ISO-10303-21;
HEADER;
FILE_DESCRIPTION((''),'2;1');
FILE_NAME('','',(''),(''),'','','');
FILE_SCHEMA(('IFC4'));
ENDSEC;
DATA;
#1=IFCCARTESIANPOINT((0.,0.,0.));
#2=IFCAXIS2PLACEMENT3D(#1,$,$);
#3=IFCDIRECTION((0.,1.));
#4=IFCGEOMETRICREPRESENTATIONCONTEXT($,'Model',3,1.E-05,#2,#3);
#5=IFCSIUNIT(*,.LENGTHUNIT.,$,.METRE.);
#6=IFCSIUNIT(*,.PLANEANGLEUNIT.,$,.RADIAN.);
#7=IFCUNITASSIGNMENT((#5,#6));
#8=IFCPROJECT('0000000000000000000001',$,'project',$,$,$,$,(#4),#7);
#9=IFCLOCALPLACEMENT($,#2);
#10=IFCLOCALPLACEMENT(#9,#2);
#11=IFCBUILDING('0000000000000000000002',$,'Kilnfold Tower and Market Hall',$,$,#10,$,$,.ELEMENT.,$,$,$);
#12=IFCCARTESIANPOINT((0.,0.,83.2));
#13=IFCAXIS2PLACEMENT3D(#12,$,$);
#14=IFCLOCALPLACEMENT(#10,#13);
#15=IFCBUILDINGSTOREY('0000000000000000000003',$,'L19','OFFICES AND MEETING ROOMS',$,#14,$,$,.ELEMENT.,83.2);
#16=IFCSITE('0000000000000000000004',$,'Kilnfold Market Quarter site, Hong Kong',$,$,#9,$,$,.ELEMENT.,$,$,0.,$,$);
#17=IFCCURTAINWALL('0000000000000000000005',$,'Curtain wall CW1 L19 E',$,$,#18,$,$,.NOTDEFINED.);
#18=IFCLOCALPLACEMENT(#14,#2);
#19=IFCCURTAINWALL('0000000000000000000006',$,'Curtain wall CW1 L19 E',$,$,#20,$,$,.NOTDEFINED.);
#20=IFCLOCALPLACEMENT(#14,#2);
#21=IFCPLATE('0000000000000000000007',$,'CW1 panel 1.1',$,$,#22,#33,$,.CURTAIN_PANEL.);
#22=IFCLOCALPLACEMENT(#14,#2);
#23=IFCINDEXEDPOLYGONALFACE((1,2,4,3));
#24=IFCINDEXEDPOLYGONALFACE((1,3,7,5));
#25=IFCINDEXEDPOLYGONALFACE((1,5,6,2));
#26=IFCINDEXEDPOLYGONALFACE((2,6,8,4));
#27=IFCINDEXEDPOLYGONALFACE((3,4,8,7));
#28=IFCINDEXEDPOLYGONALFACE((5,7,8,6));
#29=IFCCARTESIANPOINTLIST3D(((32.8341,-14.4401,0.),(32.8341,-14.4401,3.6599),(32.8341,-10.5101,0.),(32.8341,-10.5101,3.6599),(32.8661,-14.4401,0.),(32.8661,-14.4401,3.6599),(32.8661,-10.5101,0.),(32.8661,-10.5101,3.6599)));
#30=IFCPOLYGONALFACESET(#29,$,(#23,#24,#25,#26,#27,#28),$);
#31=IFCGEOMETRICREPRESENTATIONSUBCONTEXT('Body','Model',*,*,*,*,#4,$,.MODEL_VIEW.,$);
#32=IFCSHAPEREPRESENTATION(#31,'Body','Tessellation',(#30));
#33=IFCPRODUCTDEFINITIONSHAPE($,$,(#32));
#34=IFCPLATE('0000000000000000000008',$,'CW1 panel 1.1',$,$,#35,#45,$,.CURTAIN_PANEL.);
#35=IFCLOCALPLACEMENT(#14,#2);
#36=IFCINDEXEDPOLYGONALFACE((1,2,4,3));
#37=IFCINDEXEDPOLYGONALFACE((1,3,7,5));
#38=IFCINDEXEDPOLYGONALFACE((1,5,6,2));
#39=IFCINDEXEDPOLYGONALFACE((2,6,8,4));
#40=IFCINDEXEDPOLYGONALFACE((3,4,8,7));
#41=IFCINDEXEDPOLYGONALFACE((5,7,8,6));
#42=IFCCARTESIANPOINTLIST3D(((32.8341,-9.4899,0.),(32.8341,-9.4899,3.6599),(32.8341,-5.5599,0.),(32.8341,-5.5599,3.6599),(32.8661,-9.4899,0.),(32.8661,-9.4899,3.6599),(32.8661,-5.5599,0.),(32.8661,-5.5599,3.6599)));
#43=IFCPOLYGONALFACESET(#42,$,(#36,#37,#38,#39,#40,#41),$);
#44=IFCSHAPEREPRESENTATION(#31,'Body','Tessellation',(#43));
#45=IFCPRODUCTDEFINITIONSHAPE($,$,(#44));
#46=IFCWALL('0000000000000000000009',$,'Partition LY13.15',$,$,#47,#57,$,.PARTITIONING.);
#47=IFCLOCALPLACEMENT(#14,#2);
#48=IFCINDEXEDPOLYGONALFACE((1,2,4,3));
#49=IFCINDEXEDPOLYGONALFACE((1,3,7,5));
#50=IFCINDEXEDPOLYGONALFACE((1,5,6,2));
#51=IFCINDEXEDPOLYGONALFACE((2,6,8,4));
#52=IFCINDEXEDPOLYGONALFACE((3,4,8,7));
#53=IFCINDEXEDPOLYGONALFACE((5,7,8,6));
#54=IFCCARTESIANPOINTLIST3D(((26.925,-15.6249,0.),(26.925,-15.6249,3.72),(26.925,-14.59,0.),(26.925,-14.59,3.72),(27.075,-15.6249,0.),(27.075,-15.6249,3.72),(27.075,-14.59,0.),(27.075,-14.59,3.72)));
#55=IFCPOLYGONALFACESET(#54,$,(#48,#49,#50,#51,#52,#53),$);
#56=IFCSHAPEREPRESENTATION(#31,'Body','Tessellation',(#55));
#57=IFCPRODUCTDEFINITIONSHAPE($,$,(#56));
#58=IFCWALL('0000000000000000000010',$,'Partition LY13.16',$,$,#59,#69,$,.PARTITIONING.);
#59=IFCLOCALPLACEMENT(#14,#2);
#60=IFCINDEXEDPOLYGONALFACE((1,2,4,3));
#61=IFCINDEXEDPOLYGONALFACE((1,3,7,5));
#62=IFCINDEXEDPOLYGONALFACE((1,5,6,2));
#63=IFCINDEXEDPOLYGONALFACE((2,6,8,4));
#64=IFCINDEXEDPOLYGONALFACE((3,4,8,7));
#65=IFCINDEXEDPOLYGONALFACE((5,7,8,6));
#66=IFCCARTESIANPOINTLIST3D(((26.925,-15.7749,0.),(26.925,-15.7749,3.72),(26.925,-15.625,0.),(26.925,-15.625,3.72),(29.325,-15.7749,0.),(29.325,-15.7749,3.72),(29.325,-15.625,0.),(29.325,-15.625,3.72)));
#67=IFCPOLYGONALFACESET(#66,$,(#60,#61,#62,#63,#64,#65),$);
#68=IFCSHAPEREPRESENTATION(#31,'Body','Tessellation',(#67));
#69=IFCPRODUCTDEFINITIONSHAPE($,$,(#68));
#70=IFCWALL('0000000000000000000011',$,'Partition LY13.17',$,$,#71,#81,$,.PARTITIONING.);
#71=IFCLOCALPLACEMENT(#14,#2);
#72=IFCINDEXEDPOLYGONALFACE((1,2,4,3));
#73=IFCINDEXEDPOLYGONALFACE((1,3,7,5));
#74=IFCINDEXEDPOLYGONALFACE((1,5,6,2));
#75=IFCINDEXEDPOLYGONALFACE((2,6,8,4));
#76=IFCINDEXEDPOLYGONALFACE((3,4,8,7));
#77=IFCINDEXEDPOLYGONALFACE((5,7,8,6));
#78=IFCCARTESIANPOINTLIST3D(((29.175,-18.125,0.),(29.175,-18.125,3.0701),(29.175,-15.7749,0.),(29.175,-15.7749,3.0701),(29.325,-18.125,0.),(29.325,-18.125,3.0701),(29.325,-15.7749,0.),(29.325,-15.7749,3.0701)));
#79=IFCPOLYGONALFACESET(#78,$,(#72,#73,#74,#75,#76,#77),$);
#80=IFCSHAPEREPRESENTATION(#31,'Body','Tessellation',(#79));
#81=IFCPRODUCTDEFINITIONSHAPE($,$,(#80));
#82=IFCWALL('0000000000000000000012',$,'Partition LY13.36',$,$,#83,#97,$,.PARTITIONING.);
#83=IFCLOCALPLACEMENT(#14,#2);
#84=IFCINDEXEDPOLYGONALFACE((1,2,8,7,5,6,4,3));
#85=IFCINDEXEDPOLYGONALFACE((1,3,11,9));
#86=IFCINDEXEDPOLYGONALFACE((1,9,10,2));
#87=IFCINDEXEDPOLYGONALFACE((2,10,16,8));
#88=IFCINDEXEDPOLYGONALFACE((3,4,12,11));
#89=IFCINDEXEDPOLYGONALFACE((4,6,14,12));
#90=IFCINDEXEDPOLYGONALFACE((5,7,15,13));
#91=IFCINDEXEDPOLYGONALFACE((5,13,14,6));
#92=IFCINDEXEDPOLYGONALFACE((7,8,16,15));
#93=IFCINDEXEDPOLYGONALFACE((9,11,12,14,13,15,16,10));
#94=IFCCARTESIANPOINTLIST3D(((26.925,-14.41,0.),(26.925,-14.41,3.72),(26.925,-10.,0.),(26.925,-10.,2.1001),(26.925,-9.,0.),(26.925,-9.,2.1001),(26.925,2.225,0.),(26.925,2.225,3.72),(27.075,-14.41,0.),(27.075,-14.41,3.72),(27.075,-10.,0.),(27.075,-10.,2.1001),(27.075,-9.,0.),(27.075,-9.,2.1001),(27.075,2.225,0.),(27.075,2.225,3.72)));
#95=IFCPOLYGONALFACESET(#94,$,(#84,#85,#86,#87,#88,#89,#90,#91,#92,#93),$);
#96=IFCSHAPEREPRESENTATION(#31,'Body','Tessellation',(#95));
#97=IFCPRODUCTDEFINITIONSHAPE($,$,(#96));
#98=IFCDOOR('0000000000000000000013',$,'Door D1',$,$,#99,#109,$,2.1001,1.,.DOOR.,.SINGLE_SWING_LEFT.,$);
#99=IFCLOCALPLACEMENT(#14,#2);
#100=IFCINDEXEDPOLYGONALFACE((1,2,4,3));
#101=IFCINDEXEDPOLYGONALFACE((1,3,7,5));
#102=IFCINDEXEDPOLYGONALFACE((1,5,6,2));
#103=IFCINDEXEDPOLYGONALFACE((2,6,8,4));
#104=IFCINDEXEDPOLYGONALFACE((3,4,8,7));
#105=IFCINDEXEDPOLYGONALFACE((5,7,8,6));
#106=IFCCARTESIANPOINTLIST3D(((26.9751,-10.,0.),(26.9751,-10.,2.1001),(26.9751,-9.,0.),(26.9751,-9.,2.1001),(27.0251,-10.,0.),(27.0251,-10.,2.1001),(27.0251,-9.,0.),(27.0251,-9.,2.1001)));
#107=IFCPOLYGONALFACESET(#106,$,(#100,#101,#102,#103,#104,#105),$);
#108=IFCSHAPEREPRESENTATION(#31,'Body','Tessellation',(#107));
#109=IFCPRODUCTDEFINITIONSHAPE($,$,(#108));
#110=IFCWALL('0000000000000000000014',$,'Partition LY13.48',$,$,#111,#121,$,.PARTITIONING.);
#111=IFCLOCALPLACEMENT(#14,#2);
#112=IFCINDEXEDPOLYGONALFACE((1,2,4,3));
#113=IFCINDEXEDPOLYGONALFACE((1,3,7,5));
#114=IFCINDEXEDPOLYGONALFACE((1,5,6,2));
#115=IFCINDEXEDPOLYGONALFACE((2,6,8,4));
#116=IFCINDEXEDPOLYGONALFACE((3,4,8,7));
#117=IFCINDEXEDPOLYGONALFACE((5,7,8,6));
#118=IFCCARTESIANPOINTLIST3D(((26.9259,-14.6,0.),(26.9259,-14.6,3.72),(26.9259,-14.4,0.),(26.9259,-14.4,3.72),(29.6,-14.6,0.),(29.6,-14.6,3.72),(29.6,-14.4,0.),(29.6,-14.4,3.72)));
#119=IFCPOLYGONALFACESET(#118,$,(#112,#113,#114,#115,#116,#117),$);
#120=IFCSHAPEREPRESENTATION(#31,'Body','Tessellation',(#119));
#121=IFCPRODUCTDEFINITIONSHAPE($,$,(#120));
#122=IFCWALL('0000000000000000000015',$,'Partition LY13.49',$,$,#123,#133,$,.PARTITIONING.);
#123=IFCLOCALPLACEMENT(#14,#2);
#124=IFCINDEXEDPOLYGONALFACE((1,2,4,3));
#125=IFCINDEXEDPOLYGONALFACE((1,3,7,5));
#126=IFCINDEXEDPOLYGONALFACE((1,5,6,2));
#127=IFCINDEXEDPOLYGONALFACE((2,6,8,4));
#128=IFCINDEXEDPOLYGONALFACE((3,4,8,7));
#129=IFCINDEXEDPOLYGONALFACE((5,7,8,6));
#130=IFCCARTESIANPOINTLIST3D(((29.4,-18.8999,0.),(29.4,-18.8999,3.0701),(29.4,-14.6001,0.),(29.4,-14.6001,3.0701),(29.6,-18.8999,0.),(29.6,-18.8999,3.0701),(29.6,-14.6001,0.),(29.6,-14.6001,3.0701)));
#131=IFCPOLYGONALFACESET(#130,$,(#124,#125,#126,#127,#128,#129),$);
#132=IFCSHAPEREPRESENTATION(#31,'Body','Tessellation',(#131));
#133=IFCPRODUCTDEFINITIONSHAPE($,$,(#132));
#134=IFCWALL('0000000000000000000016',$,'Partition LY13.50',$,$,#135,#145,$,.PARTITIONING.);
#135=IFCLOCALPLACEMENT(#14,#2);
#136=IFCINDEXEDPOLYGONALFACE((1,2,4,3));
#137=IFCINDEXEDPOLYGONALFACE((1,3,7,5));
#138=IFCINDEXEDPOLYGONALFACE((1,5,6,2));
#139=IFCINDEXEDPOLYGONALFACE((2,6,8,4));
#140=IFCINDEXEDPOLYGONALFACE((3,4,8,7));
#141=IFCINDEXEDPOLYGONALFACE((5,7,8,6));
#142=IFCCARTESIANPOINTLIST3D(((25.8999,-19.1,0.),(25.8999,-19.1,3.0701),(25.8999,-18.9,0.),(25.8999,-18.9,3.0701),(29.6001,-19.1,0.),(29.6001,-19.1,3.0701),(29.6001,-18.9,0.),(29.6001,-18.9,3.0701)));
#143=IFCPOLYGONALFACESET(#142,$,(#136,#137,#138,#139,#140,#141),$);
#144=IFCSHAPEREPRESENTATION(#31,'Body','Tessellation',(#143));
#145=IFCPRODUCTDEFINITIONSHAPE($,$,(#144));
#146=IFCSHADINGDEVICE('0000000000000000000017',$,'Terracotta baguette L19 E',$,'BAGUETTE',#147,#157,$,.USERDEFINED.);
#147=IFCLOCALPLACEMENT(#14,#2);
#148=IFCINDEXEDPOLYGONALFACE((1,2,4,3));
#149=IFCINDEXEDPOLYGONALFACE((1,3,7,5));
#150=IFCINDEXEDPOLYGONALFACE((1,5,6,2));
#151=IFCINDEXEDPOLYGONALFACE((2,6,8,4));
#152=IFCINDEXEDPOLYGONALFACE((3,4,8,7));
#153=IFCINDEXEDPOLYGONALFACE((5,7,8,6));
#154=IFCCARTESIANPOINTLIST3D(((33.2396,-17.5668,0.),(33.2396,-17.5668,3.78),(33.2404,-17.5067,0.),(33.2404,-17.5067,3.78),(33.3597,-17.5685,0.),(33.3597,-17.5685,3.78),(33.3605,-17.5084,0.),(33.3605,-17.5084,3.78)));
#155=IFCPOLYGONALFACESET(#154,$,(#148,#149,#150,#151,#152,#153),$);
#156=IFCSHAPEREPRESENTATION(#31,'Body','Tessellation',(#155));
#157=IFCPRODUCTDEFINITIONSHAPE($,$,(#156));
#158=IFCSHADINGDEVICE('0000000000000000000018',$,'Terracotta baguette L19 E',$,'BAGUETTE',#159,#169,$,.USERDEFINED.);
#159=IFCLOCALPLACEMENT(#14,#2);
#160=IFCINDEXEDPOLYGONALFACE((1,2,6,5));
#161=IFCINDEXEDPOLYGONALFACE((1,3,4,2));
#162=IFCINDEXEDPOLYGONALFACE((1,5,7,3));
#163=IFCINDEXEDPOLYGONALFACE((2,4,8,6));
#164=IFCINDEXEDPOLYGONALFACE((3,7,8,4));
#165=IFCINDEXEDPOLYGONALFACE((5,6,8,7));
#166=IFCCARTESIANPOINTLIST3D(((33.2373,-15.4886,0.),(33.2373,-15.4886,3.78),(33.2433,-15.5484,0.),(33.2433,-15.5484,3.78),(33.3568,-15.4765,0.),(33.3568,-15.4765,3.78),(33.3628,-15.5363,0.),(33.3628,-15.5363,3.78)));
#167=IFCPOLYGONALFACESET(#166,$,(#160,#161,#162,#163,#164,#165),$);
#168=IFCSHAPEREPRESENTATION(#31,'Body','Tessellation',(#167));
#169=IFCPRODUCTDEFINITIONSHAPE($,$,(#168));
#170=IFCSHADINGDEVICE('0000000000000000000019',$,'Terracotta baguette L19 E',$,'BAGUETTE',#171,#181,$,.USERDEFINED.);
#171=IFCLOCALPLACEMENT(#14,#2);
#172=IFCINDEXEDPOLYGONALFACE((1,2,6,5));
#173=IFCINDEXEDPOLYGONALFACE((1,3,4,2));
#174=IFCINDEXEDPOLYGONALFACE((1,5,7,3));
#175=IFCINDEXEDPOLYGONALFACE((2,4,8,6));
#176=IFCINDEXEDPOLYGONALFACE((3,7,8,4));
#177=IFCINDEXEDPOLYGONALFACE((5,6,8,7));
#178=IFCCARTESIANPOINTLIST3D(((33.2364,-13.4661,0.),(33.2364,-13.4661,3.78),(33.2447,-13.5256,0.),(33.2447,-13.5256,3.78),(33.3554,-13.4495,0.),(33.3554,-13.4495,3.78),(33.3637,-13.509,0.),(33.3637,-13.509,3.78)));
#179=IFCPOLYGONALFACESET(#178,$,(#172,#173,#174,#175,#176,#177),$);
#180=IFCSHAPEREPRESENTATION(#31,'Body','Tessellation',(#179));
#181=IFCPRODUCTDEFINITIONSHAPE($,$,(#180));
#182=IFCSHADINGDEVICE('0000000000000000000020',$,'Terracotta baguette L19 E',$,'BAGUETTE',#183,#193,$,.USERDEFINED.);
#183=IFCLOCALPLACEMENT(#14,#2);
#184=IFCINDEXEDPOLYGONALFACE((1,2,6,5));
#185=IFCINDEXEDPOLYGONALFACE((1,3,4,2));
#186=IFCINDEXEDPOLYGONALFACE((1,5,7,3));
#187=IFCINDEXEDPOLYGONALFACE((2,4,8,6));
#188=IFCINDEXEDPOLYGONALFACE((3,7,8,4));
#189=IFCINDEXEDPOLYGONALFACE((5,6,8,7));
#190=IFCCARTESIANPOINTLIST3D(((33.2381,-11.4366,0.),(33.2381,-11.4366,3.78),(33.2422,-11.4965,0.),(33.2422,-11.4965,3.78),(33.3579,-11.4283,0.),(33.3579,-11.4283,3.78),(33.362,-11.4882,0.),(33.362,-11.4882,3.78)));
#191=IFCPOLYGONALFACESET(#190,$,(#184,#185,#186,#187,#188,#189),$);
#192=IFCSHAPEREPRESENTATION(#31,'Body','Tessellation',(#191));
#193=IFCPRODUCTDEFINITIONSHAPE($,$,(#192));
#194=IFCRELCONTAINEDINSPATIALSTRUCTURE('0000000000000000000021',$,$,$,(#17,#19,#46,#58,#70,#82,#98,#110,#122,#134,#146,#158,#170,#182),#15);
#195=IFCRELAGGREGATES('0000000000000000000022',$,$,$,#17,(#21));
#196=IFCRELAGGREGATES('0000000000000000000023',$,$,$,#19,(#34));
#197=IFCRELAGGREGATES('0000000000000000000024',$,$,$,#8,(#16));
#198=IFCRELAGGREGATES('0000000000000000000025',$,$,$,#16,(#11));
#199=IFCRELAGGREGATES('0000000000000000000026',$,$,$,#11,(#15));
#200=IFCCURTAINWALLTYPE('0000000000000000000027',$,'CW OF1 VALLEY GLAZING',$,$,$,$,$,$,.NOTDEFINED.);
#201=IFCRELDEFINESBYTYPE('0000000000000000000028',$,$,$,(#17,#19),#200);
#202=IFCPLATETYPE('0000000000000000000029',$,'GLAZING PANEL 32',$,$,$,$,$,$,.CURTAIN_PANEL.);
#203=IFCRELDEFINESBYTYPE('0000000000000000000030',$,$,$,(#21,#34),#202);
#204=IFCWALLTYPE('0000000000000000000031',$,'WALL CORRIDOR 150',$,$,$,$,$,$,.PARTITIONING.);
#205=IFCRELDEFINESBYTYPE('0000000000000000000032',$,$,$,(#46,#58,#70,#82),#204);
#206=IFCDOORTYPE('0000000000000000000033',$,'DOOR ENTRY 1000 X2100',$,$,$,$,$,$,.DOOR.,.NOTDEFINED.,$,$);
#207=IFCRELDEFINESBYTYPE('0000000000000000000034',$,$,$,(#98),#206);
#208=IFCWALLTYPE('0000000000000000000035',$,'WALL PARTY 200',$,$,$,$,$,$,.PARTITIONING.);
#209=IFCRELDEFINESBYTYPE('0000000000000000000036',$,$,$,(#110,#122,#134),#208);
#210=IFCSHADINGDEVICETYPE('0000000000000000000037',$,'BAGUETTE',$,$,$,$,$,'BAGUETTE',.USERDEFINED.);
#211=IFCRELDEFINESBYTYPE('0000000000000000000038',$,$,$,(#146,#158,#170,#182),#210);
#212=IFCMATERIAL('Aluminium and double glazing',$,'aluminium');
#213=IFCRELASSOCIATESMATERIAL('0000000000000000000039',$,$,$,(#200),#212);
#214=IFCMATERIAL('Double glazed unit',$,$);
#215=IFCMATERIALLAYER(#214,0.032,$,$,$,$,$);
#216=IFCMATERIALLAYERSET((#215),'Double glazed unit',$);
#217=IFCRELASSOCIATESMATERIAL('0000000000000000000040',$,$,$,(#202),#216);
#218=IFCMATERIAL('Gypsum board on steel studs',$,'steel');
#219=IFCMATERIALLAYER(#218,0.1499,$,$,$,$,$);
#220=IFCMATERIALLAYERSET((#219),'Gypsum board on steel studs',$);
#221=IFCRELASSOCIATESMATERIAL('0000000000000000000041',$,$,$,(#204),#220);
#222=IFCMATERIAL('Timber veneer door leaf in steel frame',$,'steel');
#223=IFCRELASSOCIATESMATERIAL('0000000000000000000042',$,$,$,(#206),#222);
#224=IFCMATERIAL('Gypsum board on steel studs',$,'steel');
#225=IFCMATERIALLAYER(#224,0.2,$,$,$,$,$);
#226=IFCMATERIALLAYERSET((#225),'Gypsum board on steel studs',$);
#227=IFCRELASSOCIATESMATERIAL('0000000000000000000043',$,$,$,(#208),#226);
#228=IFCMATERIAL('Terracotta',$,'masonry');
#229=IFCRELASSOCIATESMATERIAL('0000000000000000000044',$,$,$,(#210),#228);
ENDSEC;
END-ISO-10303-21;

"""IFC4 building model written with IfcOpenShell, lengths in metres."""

from ifc_helpers import new_model, si_unit, direction, frame, frame_2d, origin, origin_2d, place, context, subcontext, project, spatial, rectangle, extrude, source, transform, mapped, material, layer, layer_set, material_profile, profile_set, type_object, element, fill, aggregate, save


model = new_model("IFC4")

# Units and contexts
model_context = context("Model", 3, precision=1e-05, world=origin(), true_north=direction((0.0, 1.0)))
body_context = subcontext(model_context, "Body", "Model", "MODEL_VIEW")
ifc_project = project(units=[si_unit("LENGTHUNIT", "METRE"), si_unit("PLANEANGLEUNIT", "RADIAN")], contexts=[model_context])

# Site, building, storey
site_placement = place(None, origin())
site = spatial("IfcSite", under=ifc_project, at=site_placement, Name="Kilnfold Market Quarter site, Hong Kong", CompositionType="ELEMENT", RefElevation=0.0)
building_placement = place(site_placement, origin())
building = spatial("IfcBuilding", under=site, at=building_placement, Name="Kilnfold Tower and Market Hall", CompositionType="ELEMENT")
storey_placement = place(building_placement, frame((0.0, 0.0, 83.2)))
storey = spatial("IfcBuildingStorey", under=building, at=storey_placement, Name="L19", Description="OFFICES AND MEETING ROOMS", CompositionType="ELEMENT", Elevation=83.2)

# Curtain walls
ifc_material_1 = material(Name="Aluminium and double glazing", Category="aluminium")
curtain_wall_type = type_object("IfcCurtainWallType", Name="CW OF1 VALLEY GLAZING", PredefinedType="NOTDEFINED", material=ifc_material_1)
curtain_wall_1_placement = place(storey_placement, origin())
curtain_wall_1 = element("IfcCurtainWall", 1, at=curtain_wall_1_placement, inside=storey, type_object=curtain_wall_type, Name="Curtain wall CW1 L19 E", PredefinedType="NOTDEFINED")
curtain_wall_2_placement = place(storey_placement, origin())
curtain_wall_2 = element("IfcCurtainWall", 2, at=curtain_wall_2_placement, inside=storey, type_object=curtain_wall_type, Name="Curtain wall CW1 L19 E", PredefinedType="NOTDEFINED")

# Plates
ifc_material_2 = material(Name="Double glazed unit")
ifc_layer_1 = layer(ifc_material_2, 0.032)
ifc_layer_set_1 = layer_set([ifc_layer_1], Name="Double glazed unit")
plate_type = type_object("IfcPlateType", Name="GLAZING PANEL 32", PredefinedType="CURTAIN_PANEL", material=ifc_layer_set_1)
shared_shape_1 = source(origin(), body_context, "Body", "SweptSolid", [
    extrude(rectangle(XDim=3.9299, YDim=0.032, at=origin_2d()), origin(), (0.0, 0.0, 1.0), 3.6599),
])
plate_1_placement = place(storey_placement, frame((32.8501, -12.4751, 0.0), z_axis=(0.0, 0.0, 1.0), x_axis=(0.0, 1.0, 0.0)))
plate_1 = element("IfcPlate", 3, at=plate_1_placement, type_object=plate_type, Name="CW1 panel 1.1", PredefinedType="CURTAIN_PANEL", context=body_context, shape_type="MappedRepresentation", body=[
    mapped(shared_shape_1, transform((0.0, 0.0, 0.0))),
])
aggregate(curtain_wall_1, [plate_1])
plate_2_placement = place(storey_placement, frame((32.8501, -7.5249, 0.0), z_axis=(0.0, 0.0, 1.0), x_axis=(0.0, 1.0, 0.0)))
plate_2 = element("IfcPlate", 4, at=plate_2_placement, type_object=plate_type, Name="CW1 panel 1.1", PredefinedType="CURTAIN_PANEL", context=body_context, shape_type="MappedRepresentation", body=[
    mapped(shared_shape_1, transform((0.0, 0.0, 0.0))),
])
aggregate(curtain_wall_2, [plate_2])

# Walls
ifc_material_3 = material(Name="Gypsum board on steel studs", Category="steel")
ifc_layer_2 = layer(ifc_material_3, 0.1499)
ifc_layer_set_2 = layer_set([ifc_layer_2], Name="Gypsum board on steel studs")
wall_type_1 = type_object("IfcWallType", Name="WALL CORRIDOR 150", PredefinedType="PARTITIONING", material=ifc_layer_set_2)
wall_1_placement = place(storey_placement, frame((27.0, -15.625, 0.0), z_axis=(0.0, 0.0, 1.0), x_axis=(0.0, 1.0, 0.0)))
element("IfcWall", 5, at=wall_1_placement, inside=storey, type_object=wall_type_1, Name="Partition LY13.15", PredefinedType="PARTITIONING", context=body_context, shape_type="SweptSolid", body=[
    extrude(rectangle(XDim=1.0349, YDim=0.1499, at=frame_2d((0.5176, 0.0))), origin(), (0.0, 0.0, 1.0), 3.72),
])
wall_2_placement = place(storey_placement, frame((26.925, -15.7, 0.0), z_axis=(0.0, 0.0, 1.0), x_axis=(1.0, 0.0, 0.0)))
element("IfcWall", 6, at=wall_2_placement, inside=storey, type_object=wall_type_1, Name="Partition LY13.16", PredefinedType="PARTITIONING", context=body_context, shape_type="SweptSolid", body=[
    extrude(rectangle(XDim=2.3999, YDim=0.1499, at=frame_2d((1.2, 0.0))), origin(), (0.0, 0.0, 1.0), 3.72),
])
wall_3_placement = place(storey_placement, frame((29.25, -18.125, 0.0), z_axis=(0.0, 0.0, 1.0), x_axis=(0.0, 1.0, 0.0)))
element("IfcWall", 7, at=wall_3_placement, inside=storey, type_object=wall_type_1, Name="Partition LY13.17", PredefinedType="PARTITIONING", context=body_context, shape_type="SweptSolid", body=[
    extrude(rectangle(XDim=2.3501, YDim=0.1499, at=frame_2d((1.175, 0.0))), origin(), (0.0, 0.0, 1.0), 3.0701),
])

# Wall, opening, door
wall_4_placement = place(storey_placement, frame((27.0, -14.4099, 0.0), z_axis=(0.0, 0.0, 1.0), x_axis=(0.0, 1.0, 0.0)))
wall_4 = element("IfcWall", 8, at=wall_4_placement, inside=storey, type_object=wall_type_1, Name="Partition LY13.36", PredefinedType="PARTITIONING", context=body_context, shape_type="SweptSolid", body=[
    extrude(rectangle(XDim=16.635, YDim=0.1499, at=frame_2d((8.3174, 0.0))), origin(), (0.0, 0.0, 1.0), 3.72),
])
opening_placement = place(wall_4_placement, frame((4.4099, 0.0, 0.0)))
opening = element("IfcOpeningElement", 9, at=opening_placement, cuts=wall_4, PredefinedType="OPENING", context=body_context, shape_type="SweptSolid", body=[
    extrude(rectangle(XDim=1.0, YDim=2.1001, at=frame_2d((0.5, 1.05))), frame((0.0, 0.085, 0.0), z_axis=(0.0, -1.0, 0.0), x_axis=(1.0, 0.0, 0.0)), (0.0, 0.0, 1.0), 0.1699),
])
ifc_material_4 = material(Name="Timber veneer door leaf in steel frame", Category="steel")
door_type = type_object("IfcDoorType", Name="DOOR ENTRY 1000 X2100", OperationType="NOTDEFINED", PredefinedType="DOOR", material=ifc_material_4)
door_placement = place(opening_placement, origin())
door = element("IfcDoor", 10, at=door_placement, inside=storey, type_object=door_type, Name="Door D1", OperationType="SINGLE_SWING_LEFT", OverallHeight=2.1001, OverallWidth=1.0, PredefinedType="DOOR", context=body_context, shape_type="SweptSolid", body=[
    extrude(rectangle(XDim=1.0, YDim=2.1001, at=frame_2d((0.5, 1.05))), frame((0.0, 0.0249, 0.0), z_axis=(0.0, -1.0, 0.0), x_axis=(1.0, 0.0, 0.0)), (0.0, 0.0, 1.0), 0.05),
])
fill(opening, door)

# Walls
ifc_material_5 = material(Name="Gypsum board on steel studs", Category="steel")
ifc_layer_3 = layer(ifc_material_5, 0.2)
ifc_layer_set_3 = layer_set([ifc_layer_3], Name="Gypsum board on steel studs")
wall_type_2 = type_object("IfcWallType", Name="WALL PARTY 200", PredefinedType="PARTITIONING", material=ifc_layer_set_3)
wall_5_placement = place(storey_placement, frame((26.926, -14.5, 0.0), z_axis=(0.0, 0.0, 1.0), x_axis=(1.0, 0.0, 0.0)))
element("IfcWall", 11, at=wall_5_placement, inside=storey, type_object=wall_type_2, Name="Partition LY13.48", PredefinedType="PARTITIONING", context=body_context, shape_type="SweptSolid", body=[
    extrude(rectangle(XDim=2.6741, YDim=0.2, at=frame_2d((1.3369, 0.0))), origin(), (0.0, 0.0, 1.0), 3.72),
])
wall_6_placement = place(storey_placement, frame((29.5, -18.8999, 0.0), z_axis=(0.0, 0.0, 1.0), x_axis=(0.0, 1.0, 0.0)))
element("IfcWall", 12, at=wall_6_placement, inside=storey, type_object=wall_type_2, Name="Partition LY13.49", PredefinedType="PARTITIONING", context=body_context, shape_type="SweptSolid", body=[
    extrude(rectangle(XDim=4.2998, YDim=0.2, at=frame_2d((2.1499, 0.0))), origin(), (0.0, 0.0, 1.0), 3.0701),
])
wall_7_placement = place(storey_placement, frame((25.8999, -19.0, 0.0), z_axis=(0.0, 0.0, 1.0), x_axis=(1.0, 0.0, 0.0)))
element("IfcWall", 13, at=wall_7_placement, inside=storey, type_object=wall_type_2, Name="Partition LY13.50", PredefinedType="PARTITIONING", context=body_context, shape_type="SweptSolid", body=[
    extrude(rectangle(XDim=3.7002, YDim=0.2, at=frame_2d((1.8501, 0.0))), origin(), (0.0, 0.0, 1.0), 3.0701),
])

# Shading devices
ifc_material_6 = material(Name="Terracotta", Category="masonry")
ifc_material_profile_1 = material_profile(ifc_material_6, rectangle(XDim=0.0601, YDim=0.1201, at=origin_2d()), Name="BAG 60x120")
ifc_profile_set_1 = profile_set([ifc_material_profile_1], Name="Terracotta")
shading_device_type = type_object("IfcShadingDeviceType", Name="BAGUETTE", ElementType="BAGUETTE", PredefinedType="USERDEFINED", material=ifc_profile_set_1)
shared_shape_2 = source(origin(), body_context, "Body", "SweptSolid", [
    extrude(rectangle(XDim=0.0601, YDim=0.1201, at=origin_2d()), origin(), (0.0, 0.0, 1.0), 3.78),
])
for number, where, z_axis, x_axis, name in (
    (14, (33.3, -17.5376, 0.0), (0.0, 0.0, 1.0), (0.014123, 0.9999, 0.0), "Terracotta baguette L19 E"),
    (15, (33.3, -15.5125, 0.0), (0.0, 0.0, 1.0), (-0.100718, 0.994915, 0.0), "Terracotta baguette L19 E"),
    (16, (33.3, -13.4875, 0.0), (0.0, 0.0, 1.0), (-0.137711, 0.990472, 0.0), "Terracotta baguette L19 E"),
    (17, (33.3, -11.4624, 0.0), (0.0, 0.0, 1.0), (-0.068893, 0.997624, 0.0), "Terracotta baguette L19 E"),
):
    element("IfcShadingDevice", number, at=place(storey_placement, frame(where, z_axis=z_axis, x_axis=x_axis)), inside=storey, type_object=shading_device_type, Name=name, ObjectType="BAGUETTE", PredefinedType="USERDEFINED", context=body_context, shape_type="MappedRepresentation", body=[
        mapped(shared_shape_2, transform((0.0, 0.0, 0.0))),
    ])

save(model, "model.ifc")
